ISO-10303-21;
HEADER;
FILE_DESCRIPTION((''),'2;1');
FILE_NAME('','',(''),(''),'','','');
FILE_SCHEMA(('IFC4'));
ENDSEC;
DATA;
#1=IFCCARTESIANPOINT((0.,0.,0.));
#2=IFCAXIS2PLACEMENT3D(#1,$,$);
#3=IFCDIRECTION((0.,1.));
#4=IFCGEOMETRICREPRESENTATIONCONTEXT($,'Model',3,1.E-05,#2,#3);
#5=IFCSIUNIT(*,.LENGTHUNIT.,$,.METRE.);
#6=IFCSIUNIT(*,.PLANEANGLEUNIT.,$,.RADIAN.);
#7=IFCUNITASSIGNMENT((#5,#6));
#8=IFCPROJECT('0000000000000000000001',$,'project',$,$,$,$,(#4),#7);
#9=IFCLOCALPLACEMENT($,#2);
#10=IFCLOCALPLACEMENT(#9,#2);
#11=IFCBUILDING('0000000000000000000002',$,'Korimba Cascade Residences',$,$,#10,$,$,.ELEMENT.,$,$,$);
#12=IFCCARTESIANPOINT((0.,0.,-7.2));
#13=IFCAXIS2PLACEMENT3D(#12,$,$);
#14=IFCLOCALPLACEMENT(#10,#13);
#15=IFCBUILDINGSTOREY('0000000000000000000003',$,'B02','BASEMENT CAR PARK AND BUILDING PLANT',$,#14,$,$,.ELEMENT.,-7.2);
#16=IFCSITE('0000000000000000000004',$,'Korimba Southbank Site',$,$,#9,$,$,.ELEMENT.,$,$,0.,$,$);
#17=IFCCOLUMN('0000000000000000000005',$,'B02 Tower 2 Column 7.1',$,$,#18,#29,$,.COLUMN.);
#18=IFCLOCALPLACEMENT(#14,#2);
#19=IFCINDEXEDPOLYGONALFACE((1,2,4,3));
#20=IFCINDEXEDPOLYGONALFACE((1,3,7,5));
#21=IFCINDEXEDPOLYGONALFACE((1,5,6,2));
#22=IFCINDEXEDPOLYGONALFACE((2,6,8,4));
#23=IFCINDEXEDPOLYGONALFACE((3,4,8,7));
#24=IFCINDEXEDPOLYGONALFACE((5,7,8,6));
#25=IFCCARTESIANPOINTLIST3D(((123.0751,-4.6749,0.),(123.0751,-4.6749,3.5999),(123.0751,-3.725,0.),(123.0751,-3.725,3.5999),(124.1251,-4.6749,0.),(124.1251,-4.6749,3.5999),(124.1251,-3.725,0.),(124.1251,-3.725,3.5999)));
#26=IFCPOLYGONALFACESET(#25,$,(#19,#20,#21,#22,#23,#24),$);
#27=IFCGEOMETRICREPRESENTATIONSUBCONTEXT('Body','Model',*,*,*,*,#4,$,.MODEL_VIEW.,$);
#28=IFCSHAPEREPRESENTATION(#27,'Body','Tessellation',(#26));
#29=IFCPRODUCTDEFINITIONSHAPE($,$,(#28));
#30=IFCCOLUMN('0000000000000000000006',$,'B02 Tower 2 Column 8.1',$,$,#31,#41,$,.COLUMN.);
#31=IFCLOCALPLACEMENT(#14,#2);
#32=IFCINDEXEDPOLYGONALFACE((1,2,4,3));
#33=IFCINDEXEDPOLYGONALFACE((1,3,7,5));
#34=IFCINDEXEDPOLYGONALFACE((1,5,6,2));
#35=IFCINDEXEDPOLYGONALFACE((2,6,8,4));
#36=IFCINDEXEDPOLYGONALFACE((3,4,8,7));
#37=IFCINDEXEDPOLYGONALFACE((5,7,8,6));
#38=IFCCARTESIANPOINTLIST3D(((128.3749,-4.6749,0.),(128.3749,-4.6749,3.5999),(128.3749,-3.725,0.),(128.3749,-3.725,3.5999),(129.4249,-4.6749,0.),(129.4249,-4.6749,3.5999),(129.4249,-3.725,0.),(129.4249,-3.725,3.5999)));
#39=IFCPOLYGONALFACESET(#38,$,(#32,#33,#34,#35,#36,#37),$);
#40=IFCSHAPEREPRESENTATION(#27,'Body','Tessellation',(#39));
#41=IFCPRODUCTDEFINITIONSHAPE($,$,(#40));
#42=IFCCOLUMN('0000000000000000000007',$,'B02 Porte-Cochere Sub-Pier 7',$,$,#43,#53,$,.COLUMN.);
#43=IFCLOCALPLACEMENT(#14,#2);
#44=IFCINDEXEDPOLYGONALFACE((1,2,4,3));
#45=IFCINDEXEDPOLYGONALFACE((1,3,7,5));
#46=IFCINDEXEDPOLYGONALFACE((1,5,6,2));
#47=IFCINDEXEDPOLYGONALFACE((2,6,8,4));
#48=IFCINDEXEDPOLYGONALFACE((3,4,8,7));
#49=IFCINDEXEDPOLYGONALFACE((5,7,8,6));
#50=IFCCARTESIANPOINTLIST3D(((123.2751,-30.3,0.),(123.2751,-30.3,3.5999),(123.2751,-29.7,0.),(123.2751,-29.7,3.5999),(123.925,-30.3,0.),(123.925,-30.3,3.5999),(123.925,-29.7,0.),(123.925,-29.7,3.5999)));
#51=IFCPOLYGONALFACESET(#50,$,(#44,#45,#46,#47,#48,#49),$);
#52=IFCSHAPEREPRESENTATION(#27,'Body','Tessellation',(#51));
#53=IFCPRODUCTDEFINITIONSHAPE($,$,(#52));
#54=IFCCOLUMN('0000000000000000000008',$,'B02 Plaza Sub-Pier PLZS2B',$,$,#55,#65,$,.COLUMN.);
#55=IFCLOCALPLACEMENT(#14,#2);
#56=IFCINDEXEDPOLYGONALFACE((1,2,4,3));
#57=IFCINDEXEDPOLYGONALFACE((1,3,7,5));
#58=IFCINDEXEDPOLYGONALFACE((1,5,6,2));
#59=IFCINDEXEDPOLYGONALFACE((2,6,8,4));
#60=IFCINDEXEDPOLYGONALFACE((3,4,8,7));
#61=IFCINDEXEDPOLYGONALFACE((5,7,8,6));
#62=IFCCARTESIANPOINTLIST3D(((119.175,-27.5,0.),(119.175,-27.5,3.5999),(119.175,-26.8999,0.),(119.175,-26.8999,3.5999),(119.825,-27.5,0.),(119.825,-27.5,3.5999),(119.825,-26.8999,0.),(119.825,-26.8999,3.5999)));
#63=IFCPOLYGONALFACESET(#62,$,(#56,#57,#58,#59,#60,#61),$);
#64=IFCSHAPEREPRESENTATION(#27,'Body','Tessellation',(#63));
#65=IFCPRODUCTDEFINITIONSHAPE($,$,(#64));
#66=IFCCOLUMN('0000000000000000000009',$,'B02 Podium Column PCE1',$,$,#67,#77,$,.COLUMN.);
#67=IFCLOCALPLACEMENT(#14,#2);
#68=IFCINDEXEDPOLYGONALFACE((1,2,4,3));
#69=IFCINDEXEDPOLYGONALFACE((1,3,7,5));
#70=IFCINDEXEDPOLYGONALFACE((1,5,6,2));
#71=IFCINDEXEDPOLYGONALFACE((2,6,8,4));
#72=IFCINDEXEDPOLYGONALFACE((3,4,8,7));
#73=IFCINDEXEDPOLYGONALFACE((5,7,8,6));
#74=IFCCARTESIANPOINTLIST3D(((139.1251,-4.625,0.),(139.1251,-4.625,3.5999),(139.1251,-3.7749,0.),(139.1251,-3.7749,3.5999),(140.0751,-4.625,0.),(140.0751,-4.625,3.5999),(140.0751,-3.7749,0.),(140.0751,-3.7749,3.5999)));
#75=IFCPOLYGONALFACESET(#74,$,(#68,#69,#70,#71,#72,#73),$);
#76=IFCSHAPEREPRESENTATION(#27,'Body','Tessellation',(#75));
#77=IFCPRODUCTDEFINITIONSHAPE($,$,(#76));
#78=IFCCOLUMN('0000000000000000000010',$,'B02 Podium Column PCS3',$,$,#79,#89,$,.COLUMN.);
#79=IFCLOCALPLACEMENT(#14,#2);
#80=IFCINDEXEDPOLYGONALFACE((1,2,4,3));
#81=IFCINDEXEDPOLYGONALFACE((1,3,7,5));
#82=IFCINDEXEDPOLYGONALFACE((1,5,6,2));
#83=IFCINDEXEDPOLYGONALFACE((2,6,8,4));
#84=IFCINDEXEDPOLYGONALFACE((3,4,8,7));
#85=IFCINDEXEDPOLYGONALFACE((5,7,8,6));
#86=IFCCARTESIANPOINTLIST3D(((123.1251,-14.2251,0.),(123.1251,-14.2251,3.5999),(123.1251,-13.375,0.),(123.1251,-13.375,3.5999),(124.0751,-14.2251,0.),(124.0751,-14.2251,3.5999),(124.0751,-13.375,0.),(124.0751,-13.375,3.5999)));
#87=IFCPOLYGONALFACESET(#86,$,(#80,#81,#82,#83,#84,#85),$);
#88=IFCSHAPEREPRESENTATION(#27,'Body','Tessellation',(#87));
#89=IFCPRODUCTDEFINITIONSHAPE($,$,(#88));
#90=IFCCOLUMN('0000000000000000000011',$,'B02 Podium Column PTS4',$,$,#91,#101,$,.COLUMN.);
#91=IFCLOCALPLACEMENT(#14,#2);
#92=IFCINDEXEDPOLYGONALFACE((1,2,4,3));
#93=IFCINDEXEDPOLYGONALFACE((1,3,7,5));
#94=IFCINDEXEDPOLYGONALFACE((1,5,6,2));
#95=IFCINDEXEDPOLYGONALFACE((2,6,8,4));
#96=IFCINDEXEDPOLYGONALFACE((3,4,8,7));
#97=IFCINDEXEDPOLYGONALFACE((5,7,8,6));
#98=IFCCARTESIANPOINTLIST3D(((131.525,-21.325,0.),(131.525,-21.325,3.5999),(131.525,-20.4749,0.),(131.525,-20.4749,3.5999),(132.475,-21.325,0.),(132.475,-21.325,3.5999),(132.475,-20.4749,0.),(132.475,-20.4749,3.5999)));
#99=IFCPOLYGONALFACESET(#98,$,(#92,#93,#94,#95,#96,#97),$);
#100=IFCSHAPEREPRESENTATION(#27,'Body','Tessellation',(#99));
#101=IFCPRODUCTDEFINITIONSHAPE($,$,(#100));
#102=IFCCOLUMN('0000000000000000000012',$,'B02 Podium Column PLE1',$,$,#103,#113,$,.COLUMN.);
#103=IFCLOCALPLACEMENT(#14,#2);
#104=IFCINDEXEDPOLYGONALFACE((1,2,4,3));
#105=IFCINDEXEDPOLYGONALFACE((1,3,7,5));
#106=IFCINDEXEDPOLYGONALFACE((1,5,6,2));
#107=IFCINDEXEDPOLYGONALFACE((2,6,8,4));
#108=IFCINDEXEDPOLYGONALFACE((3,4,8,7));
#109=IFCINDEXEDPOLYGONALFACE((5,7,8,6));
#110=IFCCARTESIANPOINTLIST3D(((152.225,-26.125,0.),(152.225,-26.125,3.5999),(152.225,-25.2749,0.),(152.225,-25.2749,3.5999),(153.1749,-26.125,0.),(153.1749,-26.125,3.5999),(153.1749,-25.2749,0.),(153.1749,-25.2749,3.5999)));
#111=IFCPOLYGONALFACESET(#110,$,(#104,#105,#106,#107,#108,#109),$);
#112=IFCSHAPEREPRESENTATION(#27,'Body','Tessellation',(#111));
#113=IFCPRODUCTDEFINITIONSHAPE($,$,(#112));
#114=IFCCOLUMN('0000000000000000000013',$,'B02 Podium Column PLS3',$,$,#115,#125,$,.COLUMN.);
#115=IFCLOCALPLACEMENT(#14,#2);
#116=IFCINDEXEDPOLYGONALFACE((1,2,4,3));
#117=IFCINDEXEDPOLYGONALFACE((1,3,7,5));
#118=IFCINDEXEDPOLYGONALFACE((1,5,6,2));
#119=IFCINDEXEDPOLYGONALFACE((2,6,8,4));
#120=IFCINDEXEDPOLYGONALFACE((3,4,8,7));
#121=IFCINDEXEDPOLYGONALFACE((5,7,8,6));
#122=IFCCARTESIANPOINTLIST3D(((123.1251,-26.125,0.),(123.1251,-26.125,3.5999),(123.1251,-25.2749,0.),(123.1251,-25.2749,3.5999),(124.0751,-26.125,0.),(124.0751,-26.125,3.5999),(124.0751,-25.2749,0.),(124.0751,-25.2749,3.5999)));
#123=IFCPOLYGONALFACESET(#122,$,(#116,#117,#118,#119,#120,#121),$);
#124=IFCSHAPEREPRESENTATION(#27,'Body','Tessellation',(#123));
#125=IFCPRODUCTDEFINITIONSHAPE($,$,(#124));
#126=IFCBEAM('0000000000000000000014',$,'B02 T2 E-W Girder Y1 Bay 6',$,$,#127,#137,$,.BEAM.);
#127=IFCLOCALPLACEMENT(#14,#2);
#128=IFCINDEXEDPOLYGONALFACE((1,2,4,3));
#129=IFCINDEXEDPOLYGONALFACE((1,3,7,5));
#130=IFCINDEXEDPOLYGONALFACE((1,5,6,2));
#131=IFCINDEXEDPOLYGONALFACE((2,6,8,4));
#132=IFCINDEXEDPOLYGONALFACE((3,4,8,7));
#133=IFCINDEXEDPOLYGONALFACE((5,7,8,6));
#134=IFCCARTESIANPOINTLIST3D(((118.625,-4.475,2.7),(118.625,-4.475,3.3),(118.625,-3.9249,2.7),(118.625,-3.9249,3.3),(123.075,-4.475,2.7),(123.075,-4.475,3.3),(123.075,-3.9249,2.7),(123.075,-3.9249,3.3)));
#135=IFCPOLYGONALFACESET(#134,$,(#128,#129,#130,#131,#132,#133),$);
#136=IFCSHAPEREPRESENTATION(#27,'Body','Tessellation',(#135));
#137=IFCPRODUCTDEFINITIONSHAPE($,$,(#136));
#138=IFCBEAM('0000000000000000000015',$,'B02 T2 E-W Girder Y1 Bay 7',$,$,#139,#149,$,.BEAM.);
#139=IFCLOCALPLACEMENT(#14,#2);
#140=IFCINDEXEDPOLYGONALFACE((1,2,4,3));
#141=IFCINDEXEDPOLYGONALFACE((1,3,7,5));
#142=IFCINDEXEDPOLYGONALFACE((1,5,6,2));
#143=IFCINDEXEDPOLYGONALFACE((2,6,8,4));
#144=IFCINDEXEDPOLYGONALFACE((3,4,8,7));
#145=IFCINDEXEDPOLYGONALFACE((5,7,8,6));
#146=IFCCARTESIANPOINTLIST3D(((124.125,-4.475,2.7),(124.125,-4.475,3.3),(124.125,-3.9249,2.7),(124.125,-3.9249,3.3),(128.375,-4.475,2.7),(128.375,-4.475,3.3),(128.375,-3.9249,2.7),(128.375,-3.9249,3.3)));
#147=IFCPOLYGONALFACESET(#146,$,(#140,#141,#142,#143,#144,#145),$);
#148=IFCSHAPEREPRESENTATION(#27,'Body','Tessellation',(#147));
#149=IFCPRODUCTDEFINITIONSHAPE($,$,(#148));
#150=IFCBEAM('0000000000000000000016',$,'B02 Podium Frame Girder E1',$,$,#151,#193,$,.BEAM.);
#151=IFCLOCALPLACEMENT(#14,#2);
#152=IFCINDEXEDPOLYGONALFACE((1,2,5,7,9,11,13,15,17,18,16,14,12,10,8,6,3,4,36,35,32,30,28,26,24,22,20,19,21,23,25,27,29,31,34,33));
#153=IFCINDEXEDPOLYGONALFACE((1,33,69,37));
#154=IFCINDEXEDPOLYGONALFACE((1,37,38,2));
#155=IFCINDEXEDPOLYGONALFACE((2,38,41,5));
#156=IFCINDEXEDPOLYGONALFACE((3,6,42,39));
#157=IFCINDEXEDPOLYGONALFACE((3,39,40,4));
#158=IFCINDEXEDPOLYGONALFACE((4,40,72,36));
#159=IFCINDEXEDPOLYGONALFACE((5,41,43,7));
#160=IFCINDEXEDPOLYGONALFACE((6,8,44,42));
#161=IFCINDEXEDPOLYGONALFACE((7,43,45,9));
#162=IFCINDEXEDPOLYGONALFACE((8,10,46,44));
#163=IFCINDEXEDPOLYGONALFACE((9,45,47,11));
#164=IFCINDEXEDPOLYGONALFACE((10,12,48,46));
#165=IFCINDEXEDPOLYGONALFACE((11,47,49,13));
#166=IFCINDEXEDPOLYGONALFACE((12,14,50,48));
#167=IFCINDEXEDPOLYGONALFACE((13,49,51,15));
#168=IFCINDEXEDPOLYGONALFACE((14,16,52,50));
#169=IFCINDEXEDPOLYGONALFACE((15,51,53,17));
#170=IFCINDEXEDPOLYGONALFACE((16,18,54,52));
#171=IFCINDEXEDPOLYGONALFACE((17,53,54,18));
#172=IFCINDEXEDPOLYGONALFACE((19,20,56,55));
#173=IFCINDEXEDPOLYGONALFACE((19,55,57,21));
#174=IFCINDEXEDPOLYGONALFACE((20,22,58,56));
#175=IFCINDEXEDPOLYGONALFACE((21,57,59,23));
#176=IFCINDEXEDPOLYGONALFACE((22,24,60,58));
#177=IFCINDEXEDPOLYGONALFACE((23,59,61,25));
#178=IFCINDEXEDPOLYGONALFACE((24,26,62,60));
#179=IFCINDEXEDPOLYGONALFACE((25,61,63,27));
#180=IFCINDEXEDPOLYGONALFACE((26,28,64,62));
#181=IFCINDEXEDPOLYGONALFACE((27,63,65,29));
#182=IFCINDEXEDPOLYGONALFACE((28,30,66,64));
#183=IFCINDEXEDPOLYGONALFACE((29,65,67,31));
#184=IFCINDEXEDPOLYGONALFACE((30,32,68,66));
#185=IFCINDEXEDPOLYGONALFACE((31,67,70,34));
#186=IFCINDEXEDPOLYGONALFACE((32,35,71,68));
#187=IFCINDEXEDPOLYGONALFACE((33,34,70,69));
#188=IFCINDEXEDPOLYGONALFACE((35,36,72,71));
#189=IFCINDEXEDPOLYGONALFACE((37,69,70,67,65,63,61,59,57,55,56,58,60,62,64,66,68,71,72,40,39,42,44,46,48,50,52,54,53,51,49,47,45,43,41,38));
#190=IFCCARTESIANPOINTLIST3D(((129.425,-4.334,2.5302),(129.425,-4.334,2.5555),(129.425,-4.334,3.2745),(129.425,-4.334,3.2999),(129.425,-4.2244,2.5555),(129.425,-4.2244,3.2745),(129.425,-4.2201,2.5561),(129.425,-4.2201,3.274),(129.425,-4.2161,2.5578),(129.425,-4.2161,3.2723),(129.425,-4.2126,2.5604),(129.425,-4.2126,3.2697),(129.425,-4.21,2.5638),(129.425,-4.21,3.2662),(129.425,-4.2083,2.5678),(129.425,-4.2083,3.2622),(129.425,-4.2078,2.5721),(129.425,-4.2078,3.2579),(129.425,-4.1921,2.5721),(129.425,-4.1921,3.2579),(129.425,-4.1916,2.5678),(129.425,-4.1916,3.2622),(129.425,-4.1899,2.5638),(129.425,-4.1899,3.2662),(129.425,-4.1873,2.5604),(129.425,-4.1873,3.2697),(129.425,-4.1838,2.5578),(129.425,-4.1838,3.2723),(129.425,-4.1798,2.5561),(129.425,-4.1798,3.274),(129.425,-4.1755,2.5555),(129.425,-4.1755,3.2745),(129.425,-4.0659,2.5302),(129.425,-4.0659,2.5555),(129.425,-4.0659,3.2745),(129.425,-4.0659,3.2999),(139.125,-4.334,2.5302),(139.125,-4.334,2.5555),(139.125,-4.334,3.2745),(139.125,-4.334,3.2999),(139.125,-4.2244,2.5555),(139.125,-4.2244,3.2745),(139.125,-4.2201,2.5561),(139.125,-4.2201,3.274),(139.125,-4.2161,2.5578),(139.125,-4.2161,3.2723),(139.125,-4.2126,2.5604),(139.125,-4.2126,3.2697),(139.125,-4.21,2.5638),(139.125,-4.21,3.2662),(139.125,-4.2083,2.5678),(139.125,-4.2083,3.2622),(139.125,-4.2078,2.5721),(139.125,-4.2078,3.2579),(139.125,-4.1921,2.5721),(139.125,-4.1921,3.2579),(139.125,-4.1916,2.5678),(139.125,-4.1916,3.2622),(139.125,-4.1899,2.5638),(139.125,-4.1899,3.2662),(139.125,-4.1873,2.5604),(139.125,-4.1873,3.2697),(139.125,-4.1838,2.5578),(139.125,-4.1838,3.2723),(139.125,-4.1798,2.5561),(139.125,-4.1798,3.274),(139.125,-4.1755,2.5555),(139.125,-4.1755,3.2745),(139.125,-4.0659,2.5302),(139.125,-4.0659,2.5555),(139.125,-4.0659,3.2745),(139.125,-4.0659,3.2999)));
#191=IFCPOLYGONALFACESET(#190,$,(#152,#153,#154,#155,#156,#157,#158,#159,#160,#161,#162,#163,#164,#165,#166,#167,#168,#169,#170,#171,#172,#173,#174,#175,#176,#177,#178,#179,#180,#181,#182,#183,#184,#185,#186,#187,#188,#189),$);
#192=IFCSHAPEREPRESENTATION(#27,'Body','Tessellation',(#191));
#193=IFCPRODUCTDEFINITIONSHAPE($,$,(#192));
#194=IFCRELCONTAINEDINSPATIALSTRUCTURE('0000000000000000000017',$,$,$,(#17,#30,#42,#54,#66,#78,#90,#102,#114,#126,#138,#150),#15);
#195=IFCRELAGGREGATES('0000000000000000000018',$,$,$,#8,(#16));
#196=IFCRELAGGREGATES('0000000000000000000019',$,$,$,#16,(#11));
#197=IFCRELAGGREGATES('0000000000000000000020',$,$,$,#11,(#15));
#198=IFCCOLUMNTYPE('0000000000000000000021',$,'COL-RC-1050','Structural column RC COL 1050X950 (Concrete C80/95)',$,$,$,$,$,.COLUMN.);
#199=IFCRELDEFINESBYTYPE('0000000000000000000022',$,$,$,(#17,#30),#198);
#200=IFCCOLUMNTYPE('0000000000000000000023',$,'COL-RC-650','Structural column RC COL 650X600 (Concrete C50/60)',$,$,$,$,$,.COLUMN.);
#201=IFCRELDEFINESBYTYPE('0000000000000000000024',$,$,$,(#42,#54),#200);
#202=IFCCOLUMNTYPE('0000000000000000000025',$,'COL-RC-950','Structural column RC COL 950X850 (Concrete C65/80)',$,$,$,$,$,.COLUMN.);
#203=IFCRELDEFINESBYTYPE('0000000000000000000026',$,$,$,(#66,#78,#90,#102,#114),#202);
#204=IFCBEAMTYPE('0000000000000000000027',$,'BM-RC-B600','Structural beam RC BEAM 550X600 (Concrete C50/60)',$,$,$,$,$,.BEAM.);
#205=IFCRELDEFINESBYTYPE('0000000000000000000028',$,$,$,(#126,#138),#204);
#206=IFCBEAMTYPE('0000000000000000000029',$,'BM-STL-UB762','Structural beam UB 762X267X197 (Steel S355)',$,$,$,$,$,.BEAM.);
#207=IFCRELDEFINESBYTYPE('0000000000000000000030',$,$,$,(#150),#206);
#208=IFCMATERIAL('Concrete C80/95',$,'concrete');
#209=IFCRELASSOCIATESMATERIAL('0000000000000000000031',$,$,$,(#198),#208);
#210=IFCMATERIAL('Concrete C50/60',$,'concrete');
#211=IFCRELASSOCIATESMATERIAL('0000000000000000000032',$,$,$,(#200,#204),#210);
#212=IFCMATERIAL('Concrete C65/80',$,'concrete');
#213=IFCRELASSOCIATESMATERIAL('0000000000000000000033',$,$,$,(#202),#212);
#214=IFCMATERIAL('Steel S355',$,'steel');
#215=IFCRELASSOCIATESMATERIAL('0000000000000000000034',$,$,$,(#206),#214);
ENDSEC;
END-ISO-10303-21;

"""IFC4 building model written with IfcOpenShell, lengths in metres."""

from ifc_helpers import new_model, si_unit, direction, frame, origin, origin_2d, place, context, subcontext, project, spatial, rectangle, i_section, extrude, material, material_profile, profile_set, type_object, element, save


model = new_model("IFC4")

# Units and contexts
model_context = context("Model", 3, precision=1e-05, world=origin(), true_north=direction((0.0, 1.0)))
body_context = subcontext(model_context, "Body", "Model", "MODEL_VIEW")
ifc_project = project(units=[si_unit("LENGTHUNIT", "METRE"), si_unit("PLANEANGLEUNIT", "RADIAN")], contexts=[model_context])

# Site, building, storey
site_placement = place(None, origin())
site = spatial("IfcSite", under=ifc_project, at=site_placement, Name="Korimba Southbank Site", CompositionType="ELEMENT", RefElevation=0.0)
building_placement = place(site_placement, origin())
building = spatial("IfcBuilding", under=site, at=building_placement, Name="Korimba Cascade Residences", CompositionType="ELEMENT")
storey_placement = place(building_placement, frame((0.0, 0.0, -7.2)))
storey = spatial("IfcBuildingStorey", under=building, at=storey_placement, Name="B02", Description="BASEMENT CAR PARK AND BUILDING PLANT", CompositionType="ELEMENT", Elevation=-7.2)

# Columns
ifc_material_1 = material(Name="Concrete C80/95", Category="concrete")
ifc_material_profile_1 = material_profile(ifc_material_1, rectangle(XDim=1.05, YDim=0.95, at=origin_2d()), Name="Concrete C80/95")
ifc_profile_set_1 = profile_set([ifc_material_profile_1], Name="Concrete C80/95")
column_type_1 = type_object("IfcColumnType", Name="COL-RC-1050", Description="Structural column RC COL 1050X950 (Concrete C80/95)", PredefinedType="COLUMN", material=ifc_profile_set_1)
for number, where, z_axis, x_axis, name in (
    (1, (123.6001, -4.2, 0.0), (0.0, 0.0, 1.0), (1.0, 0.0, 0.0), "B02 Tower 2 Column 7.1"),
    (2, (128.8999, -4.2, 0.0), (0.0, 0.0, 1.0), (1.0, 0.0, 0.0), "B02 Tower 2 Column 8.1"),
):
    element("IfcColumn", number, at=place(storey_placement, frame(where, z_axis=z_axis, x_axis=x_axis)), inside=storey, type_object=column_type_1, Name=name, PredefinedType="COLUMN", context=body_context, shape_type="SweptSolid", body=[
        extrude(rectangle(XDim=1.05, YDim=0.95, at=origin_2d()), origin(), (0.0, 0.0, 1.0), 3.5999),
    ])
ifc_material_2 = material(Name="Concrete C50/60", Category="concrete")
ifc_material_profile_2 = material_profile(ifc_material_2, rectangle(XDim=0.6499, YDim=0.6001, at=origin_2d()), Name="Concrete C50/60")
ifc_profile_set_2 = profile_set([ifc_material_profile_2], Name="Concrete C50/60")
column_type_2 = type_object("IfcColumnType", Name="COL-RC-650", Description="Structural column RC COL 650X600 (Concrete C50/60)", PredefinedType="COLUMN", material=ifc_profile_set_2)
for number, where, z_axis, x_axis, name in (
    (3, (123.6001, -30.0, 0.0), (0.0, 0.0, 1.0), (1.0, 0.0, 0.0), "B02 Porte-Cochere Sub-Pier 7"),
    (4, (119.5, -27.2, 0.0), (0.0, 0.0, 1.0), (1.0, 0.0, 0.0), "B02 Plaza Sub-Pier PLZS2B"),
):
    element("IfcColumn", number, at=place(storey_placement, frame(where, z_axis=z_axis, x_axis=x_axis)), inside=storey, type_object=column_type_2, Name=name, PredefinedType="COLUMN", context=body_context, shape_type="SweptSolid", body=[
        extrude(rectangle(XDim=0.6499, YDim=0.6001, at=origin_2d()), origin(), (0.0, 0.0, 1.0), 3.5999),
    ])
ifc_material_3 = material(Name="Concrete C65/80", Category="concrete")
ifc_material_profile_3 = material_profile(ifc_material_3, rectangle(XDim=0.95, YDim=0.8501, at=origin_2d()), Name="Concrete C65/80")
ifc_profile_set_3 = profile_set([ifc_material_profile_3], Name="Concrete C65/80")
column_type_3 = type_object("IfcColumnType", Name="COL-RC-950", Description="Structural column RC COL 950X850 (Concrete C65/80)", PredefinedType="COLUMN", material=ifc_profile_set_3)
for number, where, z_axis, x_axis, name in (
    (5, (139.6001, -4.2, 0.0), (0.0, 0.0, 1.0), (1.0, 0.0, 0.0), "B02 Podium Column PCE1"),
    (6, (123.6001, -13.8, 0.0), (0.0, 0.0, 1.0), (1.0, 0.0, 0.0), "B02 Podium Column PCS3"),
    (7, (132.0, -20.8999, 0.0), (0.0, 0.0, 1.0), (1.0, 0.0, 0.0), "B02 Podium Column PTS4"),
    (8, (152.7, -25.7, 0.0), (0.0, 0.0, 1.0), (1.0, 0.0, 0.0), "B02 Podium Column PLE1"),
    (9, (123.6001, -25.7, 0.0), (0.0, 0.0, 1.0), (1.0, 0.0, 0.0), "B02 Podium Column PLS3"),
):
    element("IfcColumn", number, at=place(storey_placement, frame(where, z_axis=z_axis, x_axis=x_axis)), inside=storey, type_object=column_type_3, Name=name, PredefinedType="COLUMN", context=body_context, shape_type="SweptSolid", body=[
        extrude(rectangle(XDim=0.95, YDim=0.8501, at=origin_2d()), origin(), (0.0, 0.0, 1.0), 3.5999),
    ])

# Beams
ifc_material_profile_4 = material_profile(ifc_material_2, rectangle(XDim=0.55, YDim=0.6001, at=origin_2d()), Name="Concrete C50/60")
ifc_profile_set_4 = profile_set([ifc_material_profile_4], Name="Concrete C50/60")
beam_type_1 = type_object("IfcBeamType", Name="BM-RC-B600", Description="Structural beam RC BEAM 550X600 (Concrete C50/60)", PredefinedType="BEAM", material=ifc_profile_set_4)
beam_1_placement = place(storey_placement, frame((118.625, -4.2, 3.0), z_axis=(1.0, 0.0, 0.0), x_axis=(0.0, 1.0, 0.0)))
element("IfcBeam", 10, at=beam_1_placement, inside=storey, type_object=beam_type_1, Name="B02 T2 E-W Girder Y1 Bay 6", PredefinedType="BEAM", context=body_context, shape_type="SweptSolid", body=[
    extrude(rectangle(XDim=0.55, YDim=0.6001, at=origin_2d()), origin(), (0.0, 0.0, 1.0), 4.45),
])
beam_2_placement = place(storey_placement, frame((124.125, -4.2, 3.0), z_axis=(1.0, 0.0, 0.0), x_axis=(0.0, 1.0, 0.0)))
element("IfcBeam", 11, at=beam_2_placement, inside=storey, type_object=beam_type_1, Name="B02 T2 E-W Girder Y1 Bay 7", PredefinedType="BEAM", context=body_context, shape_type="SweptSolid", body=[
    extrude(rectangle(XDim=0.55, YDim=0.6001, at=origin_2d()), origin(), (0.0, 0.0, 1.0), 4.25),
])
ifc_material_4 = material(Name="Steel S355", Category="steel")
ifc_material_profile_5 = material_profile(ifc_material_4, i_section(OverallWidth=0.2681, OverallDepth=0.7698, WebThickness=0.0156, FlangeThickness=0.0254, FilletRadius=0.0166, at=origin_2d()), Name="Steel S355")
ifc_profile_set_5 = profile_set([ifc_material_profile_5], Name="Steel S355")
beam_type_2 = type_object("IfcBeamType", Name="BM-STL-UB762", Description="Structural beam UB 762X267X197 (Steel S355)", PredefinedType="BEAM", material=ifc_profile_set_5)
beam_3_placement = place(storey_placement, frame((129.425, -4.2, 2.915), z_axis=(1.0, 0.0, 0.0), x_axis=(0.0, 1.0, 0.0)))
element("IfcBeam", 12, at=beam_3_placement, inside=storey, type_object=beam_type_2, Name="B02 Podium Frame Girder E1", PredefinedType="BEAM", context=body_context, shape_type="SweptSolid", body=[
    extrude(i_section(OverallWidth=0.2681, OverallDepth=0.7698, WebThickness=0.0156, FlangeThickness=0.0254, FilletRadius=0.0166, at=origin_2d()), origin(), (0.0, 0.0, 1.0), 9.7),
])

save(model, "model.ifc")
